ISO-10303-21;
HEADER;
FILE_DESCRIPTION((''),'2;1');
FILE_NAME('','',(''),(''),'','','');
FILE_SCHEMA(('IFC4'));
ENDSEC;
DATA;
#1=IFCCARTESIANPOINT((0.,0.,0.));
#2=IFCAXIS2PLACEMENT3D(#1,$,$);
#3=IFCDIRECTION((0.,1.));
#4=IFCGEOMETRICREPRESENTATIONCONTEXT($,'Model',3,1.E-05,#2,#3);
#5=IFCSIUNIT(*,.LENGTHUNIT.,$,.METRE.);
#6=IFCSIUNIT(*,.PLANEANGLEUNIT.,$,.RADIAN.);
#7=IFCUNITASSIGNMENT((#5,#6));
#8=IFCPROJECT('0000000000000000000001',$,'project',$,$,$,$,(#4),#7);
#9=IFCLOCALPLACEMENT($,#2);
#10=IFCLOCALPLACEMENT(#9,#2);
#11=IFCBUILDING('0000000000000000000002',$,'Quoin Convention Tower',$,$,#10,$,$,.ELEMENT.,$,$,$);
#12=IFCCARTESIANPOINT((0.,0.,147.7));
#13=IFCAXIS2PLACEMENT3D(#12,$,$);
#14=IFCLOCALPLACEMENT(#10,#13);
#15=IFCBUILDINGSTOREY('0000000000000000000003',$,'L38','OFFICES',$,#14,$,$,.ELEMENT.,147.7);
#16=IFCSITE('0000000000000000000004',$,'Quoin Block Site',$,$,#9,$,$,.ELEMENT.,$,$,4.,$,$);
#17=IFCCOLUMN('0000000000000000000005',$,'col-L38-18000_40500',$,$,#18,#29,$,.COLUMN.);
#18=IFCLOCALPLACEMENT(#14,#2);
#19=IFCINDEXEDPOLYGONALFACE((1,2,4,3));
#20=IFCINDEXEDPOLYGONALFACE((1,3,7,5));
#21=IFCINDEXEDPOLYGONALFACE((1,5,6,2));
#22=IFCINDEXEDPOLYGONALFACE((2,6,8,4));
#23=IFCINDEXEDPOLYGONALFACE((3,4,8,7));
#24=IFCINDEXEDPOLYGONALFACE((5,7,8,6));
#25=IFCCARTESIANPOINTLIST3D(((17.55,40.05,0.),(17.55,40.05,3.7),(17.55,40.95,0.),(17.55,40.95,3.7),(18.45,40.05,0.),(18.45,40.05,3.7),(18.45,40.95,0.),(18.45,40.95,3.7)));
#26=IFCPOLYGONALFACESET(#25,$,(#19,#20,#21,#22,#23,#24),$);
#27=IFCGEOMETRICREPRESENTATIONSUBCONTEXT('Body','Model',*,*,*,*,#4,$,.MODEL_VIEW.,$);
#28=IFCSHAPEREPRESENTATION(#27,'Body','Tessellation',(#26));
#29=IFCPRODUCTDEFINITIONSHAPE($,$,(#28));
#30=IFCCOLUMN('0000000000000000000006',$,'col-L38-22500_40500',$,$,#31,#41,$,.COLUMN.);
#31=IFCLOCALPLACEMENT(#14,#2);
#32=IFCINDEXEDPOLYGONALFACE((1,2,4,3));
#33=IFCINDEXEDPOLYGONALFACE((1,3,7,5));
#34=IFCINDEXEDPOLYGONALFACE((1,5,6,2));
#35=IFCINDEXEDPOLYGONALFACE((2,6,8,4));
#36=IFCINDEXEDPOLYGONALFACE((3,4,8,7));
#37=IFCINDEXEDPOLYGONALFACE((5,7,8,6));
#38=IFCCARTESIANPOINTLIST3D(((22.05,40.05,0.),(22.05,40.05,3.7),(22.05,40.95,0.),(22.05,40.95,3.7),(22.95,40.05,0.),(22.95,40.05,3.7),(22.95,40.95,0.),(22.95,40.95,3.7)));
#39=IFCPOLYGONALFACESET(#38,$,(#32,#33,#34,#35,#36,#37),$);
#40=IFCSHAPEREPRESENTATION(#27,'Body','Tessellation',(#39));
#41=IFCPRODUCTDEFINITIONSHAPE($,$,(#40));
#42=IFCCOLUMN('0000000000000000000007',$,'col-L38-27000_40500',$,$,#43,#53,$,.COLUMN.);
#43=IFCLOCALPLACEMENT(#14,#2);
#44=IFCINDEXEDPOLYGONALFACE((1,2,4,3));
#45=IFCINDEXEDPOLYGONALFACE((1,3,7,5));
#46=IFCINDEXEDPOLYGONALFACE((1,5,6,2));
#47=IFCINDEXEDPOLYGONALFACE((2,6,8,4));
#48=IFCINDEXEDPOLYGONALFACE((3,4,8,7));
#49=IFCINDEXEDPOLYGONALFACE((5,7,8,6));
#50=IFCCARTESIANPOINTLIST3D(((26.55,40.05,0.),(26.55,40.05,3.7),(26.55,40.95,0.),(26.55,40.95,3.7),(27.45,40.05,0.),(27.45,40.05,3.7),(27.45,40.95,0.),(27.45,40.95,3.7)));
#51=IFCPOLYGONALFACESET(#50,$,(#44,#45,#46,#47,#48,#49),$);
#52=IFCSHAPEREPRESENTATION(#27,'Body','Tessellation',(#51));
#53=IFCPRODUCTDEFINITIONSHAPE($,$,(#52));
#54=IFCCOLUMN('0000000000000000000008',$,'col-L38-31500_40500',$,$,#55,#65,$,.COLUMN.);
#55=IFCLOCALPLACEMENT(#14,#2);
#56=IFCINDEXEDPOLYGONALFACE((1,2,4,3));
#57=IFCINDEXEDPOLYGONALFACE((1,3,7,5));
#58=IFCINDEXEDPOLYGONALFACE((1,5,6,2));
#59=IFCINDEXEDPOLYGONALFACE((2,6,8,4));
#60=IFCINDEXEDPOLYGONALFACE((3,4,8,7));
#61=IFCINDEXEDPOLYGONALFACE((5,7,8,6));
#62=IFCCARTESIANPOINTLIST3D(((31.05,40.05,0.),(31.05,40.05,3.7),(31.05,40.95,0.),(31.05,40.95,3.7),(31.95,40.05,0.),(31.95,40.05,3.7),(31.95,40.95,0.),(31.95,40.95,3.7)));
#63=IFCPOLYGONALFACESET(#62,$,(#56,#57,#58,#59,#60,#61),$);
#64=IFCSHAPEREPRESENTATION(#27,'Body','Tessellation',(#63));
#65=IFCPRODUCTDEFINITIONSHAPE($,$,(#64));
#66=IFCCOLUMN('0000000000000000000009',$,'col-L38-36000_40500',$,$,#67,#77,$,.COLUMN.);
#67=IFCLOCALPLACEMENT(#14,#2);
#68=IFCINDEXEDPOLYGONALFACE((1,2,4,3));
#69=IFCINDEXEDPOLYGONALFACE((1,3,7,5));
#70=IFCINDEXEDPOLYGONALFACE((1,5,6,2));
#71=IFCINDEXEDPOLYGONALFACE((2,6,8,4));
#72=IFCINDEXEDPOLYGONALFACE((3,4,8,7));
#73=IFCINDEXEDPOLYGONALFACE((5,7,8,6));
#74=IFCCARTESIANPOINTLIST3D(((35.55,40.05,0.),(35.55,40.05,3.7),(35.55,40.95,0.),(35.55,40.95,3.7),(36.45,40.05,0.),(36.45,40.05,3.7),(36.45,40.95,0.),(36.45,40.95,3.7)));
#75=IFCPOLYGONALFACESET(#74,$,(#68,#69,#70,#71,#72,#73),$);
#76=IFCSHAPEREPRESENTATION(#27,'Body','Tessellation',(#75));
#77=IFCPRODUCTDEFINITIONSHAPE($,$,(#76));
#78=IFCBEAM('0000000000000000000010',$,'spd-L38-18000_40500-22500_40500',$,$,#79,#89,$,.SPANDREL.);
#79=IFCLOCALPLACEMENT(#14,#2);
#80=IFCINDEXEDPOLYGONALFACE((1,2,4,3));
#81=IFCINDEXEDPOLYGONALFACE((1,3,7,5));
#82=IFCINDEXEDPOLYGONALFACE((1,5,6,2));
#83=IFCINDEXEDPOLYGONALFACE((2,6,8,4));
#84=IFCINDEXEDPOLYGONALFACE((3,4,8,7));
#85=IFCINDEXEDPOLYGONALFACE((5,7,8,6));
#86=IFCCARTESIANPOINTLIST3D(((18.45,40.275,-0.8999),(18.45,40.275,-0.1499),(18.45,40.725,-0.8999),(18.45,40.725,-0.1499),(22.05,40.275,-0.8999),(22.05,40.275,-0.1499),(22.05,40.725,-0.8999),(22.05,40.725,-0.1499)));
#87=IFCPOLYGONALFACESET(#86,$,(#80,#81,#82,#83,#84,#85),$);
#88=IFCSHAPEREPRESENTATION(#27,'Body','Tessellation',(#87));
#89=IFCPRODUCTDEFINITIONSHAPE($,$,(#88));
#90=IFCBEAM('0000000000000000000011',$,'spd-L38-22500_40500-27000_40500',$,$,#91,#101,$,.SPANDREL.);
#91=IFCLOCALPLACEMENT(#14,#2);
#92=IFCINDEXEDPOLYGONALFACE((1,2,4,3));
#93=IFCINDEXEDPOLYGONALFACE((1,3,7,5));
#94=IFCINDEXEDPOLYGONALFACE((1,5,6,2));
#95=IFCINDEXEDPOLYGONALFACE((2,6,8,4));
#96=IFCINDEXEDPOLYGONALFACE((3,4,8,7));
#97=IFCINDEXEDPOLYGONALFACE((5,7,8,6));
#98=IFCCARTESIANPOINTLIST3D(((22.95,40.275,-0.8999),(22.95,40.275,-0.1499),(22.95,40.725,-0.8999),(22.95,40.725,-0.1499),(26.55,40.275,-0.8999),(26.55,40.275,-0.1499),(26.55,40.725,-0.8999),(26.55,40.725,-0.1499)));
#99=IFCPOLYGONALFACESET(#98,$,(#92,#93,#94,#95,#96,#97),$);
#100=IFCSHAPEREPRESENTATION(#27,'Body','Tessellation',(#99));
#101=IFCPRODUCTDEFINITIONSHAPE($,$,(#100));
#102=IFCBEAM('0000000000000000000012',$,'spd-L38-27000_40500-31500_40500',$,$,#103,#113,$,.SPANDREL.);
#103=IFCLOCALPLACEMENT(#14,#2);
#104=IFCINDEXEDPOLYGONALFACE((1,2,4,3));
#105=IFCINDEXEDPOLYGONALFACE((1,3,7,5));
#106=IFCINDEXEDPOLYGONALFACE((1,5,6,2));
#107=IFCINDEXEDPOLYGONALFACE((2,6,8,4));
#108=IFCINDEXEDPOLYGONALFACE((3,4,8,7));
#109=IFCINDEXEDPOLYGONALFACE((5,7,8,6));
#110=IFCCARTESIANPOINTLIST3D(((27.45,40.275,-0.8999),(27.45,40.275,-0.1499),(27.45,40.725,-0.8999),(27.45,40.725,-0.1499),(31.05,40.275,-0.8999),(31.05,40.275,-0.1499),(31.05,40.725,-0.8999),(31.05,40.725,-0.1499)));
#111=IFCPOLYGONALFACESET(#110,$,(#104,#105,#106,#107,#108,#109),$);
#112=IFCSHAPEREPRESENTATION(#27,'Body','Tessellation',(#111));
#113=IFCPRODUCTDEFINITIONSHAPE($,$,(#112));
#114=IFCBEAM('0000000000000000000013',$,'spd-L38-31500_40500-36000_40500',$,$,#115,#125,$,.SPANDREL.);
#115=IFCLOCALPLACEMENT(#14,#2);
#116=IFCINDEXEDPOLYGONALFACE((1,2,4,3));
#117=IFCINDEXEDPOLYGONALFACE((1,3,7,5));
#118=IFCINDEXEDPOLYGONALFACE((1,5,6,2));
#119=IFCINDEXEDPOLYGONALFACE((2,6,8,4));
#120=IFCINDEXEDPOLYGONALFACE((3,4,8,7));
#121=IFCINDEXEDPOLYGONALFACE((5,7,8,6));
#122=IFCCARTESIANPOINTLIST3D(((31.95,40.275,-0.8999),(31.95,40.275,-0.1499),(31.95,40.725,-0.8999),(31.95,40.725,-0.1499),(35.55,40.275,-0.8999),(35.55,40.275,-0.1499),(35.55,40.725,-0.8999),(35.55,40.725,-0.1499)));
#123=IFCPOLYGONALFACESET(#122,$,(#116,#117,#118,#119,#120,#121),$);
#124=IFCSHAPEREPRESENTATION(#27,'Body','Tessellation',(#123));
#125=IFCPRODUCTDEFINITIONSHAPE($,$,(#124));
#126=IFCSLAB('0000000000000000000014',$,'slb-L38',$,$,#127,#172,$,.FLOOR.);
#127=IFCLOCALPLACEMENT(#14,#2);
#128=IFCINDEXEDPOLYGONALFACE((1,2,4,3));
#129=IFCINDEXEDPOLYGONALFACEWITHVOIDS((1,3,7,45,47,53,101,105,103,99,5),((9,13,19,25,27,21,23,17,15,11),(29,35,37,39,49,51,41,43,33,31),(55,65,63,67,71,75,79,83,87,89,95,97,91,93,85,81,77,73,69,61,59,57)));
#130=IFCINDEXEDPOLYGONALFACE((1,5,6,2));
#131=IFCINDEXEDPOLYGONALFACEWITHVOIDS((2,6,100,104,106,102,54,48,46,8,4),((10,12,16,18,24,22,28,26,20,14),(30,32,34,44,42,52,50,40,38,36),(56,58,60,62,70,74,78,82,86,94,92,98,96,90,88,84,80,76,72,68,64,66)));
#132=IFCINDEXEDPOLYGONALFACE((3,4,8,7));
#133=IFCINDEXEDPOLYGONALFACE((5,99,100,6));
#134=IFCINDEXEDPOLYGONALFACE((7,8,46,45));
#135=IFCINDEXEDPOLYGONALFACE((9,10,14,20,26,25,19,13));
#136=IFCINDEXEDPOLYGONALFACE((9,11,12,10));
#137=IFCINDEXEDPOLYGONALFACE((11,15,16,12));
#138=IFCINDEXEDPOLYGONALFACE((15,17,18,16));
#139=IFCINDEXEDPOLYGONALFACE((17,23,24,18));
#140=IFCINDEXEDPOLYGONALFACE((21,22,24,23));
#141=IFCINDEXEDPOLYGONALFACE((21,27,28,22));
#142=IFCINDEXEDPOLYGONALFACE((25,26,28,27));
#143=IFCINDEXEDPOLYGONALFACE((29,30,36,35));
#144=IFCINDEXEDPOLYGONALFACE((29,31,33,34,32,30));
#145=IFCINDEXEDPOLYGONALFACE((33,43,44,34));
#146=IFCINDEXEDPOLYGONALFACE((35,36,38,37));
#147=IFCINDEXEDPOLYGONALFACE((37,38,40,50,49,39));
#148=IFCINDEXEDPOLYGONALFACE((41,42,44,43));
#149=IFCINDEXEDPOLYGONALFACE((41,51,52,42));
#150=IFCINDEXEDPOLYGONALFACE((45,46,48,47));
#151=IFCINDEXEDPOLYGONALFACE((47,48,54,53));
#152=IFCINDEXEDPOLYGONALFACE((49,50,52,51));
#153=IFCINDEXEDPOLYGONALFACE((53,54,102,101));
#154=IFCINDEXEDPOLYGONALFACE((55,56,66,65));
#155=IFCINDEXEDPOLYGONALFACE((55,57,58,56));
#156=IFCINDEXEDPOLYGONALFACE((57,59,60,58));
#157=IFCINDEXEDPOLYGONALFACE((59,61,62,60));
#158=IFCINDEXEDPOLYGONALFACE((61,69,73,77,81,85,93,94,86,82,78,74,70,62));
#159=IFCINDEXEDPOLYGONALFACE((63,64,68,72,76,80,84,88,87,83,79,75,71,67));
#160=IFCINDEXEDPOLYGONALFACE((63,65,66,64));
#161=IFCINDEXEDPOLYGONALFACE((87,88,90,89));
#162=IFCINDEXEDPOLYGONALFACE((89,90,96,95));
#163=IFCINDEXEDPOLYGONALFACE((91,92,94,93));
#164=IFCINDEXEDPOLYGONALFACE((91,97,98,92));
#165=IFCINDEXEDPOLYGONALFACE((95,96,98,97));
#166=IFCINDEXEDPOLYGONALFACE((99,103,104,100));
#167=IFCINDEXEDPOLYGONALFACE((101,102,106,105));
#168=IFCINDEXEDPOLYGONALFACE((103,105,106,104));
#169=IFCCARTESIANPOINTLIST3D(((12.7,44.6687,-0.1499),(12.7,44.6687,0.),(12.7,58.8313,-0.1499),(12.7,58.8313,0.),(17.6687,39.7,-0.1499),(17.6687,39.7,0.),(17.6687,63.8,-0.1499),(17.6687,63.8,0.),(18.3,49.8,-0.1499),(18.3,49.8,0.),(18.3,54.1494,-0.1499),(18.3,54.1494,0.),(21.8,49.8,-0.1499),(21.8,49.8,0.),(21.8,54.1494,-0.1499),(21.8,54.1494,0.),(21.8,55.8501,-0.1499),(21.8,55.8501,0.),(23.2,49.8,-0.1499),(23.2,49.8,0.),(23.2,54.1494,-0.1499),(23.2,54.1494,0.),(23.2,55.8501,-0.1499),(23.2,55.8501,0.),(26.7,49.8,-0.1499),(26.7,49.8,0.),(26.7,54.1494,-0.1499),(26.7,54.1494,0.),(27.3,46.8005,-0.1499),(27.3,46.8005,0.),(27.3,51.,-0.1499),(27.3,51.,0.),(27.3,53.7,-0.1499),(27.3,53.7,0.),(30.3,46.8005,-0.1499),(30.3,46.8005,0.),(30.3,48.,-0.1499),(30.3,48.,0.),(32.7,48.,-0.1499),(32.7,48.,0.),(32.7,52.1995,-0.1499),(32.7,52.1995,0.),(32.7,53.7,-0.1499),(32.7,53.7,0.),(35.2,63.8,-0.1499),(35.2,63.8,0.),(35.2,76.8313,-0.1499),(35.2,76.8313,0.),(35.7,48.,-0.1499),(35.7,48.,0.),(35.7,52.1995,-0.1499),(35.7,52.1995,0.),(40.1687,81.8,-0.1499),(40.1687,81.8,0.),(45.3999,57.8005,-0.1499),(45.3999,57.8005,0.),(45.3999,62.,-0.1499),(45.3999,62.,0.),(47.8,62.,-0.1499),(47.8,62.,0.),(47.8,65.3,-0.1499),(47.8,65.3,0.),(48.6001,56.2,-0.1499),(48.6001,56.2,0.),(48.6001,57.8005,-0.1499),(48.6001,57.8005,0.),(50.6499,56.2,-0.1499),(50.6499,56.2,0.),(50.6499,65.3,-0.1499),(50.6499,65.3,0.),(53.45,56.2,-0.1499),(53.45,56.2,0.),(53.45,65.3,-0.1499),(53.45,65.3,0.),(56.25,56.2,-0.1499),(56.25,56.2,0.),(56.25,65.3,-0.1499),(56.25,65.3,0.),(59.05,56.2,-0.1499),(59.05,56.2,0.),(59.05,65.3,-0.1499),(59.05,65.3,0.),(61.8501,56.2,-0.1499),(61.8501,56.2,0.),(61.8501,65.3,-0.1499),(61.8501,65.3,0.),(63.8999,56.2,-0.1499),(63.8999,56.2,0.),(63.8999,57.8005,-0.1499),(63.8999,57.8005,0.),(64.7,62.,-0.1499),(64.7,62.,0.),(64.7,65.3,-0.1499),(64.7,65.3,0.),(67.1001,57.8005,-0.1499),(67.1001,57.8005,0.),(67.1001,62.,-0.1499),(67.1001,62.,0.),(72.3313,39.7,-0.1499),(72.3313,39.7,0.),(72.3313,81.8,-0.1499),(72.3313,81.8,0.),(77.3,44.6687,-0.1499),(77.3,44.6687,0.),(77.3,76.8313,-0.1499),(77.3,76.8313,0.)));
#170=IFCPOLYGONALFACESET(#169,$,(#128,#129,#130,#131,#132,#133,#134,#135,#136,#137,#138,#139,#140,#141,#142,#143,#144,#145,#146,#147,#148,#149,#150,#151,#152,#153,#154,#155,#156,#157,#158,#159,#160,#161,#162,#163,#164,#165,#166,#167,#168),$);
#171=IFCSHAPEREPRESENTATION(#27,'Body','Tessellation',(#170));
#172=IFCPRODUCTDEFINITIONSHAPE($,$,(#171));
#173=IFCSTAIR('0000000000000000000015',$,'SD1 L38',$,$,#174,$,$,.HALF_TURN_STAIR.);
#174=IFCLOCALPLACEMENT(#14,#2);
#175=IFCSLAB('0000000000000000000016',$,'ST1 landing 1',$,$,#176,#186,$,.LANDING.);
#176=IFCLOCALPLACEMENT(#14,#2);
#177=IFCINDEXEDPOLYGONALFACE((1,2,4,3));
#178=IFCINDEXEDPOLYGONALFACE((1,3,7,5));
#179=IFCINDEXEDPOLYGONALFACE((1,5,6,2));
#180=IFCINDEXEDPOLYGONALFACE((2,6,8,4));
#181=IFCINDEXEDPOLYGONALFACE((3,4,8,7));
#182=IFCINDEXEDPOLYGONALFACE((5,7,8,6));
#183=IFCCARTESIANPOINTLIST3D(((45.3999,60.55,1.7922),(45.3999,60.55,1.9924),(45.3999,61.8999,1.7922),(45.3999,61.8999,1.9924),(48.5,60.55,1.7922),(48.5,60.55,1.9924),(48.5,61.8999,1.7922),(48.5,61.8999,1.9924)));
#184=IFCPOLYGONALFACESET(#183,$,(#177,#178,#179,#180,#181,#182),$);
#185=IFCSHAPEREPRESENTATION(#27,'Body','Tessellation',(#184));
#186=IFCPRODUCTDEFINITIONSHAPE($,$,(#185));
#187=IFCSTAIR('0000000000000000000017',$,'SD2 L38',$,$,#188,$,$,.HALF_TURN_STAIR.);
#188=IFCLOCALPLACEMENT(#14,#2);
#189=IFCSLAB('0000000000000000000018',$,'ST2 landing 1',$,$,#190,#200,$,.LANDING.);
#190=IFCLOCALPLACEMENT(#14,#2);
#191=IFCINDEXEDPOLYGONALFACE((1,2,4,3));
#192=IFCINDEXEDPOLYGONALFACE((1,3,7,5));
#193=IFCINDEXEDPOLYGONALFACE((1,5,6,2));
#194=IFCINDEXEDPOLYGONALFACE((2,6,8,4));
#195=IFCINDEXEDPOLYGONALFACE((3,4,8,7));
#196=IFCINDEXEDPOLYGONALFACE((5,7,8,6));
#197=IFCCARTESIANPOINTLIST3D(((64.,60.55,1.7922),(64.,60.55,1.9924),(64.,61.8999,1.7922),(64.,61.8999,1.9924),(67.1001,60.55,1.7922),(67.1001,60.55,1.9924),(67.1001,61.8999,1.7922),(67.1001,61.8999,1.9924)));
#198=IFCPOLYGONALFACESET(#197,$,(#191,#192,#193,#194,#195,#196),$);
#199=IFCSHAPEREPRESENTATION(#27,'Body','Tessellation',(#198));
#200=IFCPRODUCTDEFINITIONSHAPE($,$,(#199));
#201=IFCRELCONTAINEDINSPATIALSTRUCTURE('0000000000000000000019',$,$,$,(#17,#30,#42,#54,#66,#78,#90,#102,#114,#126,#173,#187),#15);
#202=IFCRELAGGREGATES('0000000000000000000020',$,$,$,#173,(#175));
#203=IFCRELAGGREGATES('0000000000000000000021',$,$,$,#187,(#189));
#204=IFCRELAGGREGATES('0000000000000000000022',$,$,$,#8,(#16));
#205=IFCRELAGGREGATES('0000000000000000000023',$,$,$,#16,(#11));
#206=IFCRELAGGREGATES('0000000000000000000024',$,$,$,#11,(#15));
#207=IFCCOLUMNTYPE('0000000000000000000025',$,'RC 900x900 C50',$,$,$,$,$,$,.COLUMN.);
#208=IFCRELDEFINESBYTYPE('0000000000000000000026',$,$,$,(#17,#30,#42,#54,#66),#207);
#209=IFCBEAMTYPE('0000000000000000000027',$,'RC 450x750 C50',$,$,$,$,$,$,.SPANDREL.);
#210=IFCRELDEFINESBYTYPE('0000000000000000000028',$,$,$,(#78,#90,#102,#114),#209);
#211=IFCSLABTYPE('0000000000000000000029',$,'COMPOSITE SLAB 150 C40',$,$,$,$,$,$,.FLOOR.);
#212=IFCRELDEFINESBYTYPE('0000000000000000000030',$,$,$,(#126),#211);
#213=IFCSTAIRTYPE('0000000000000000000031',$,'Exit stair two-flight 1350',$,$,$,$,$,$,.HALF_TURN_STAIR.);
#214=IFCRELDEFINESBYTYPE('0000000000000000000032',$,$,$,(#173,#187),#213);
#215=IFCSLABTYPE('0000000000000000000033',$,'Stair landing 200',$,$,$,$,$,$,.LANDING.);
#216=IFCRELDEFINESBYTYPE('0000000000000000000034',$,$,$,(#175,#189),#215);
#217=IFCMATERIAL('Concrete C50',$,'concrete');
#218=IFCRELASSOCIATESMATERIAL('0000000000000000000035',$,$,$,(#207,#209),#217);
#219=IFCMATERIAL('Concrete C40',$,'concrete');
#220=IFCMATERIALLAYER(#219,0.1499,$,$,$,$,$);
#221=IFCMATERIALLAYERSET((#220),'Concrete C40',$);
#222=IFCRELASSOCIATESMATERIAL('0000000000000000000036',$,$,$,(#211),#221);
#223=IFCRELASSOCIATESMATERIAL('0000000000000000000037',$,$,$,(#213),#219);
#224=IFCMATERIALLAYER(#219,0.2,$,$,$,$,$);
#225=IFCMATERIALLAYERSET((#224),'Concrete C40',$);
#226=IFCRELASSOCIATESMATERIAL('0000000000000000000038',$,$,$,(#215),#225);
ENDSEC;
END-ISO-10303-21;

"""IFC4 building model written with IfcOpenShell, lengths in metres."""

from ifc_helpers import new_model, si_unit, direction, frame, origin, origin_2d, place, context, subcontext, project, spatial, polyline, rectangle, outline, extrude, material, layer, layer_set, material_profile, profile_set, type_object, element, aggregate, save


model = new_model("IFC4")

# Units and contexts
model_context = context("Model", 3, precision=1e-05, world=origin(), true_north=direction((0.0, 1.0)))
body_context = subcontext(model_context, "Body", "Model", "MODEL_VIEW")
ifc_project = project(units=[si_unit("LENGTHUNIT", "METRE"), si_unit("PLANEANGLEUNIT", "RADIAN")], contexts=[model_context])

# Site, building, storey
site_placement = place(None, origin())
site = spatial("IfcSite", under=ifc_project, at=site_placement, Name="Quoin Block Site", CompositionType="ELEMENT", RefElevation=4.0)
building_placement = place(site_placement, origin())
building = spatial("IfcBuilding", under=site, at=building_placement, Name="Quoin Convention Tower", CompositionType="ELEMENT")
storey_placement = place(building_placement, frame((0.0, 0.0, 147.7)))
storey = spatial("IfcBuildingStorey", under=building, at=storey_placement, Name="L38", Description="OFFICES", CompositionType="ELEMENT", Elevation=147.7)

# Columns
ifc_material_1 = material(Name="Concrete C50", Category="concrete")
ifc_material_profile_1 = material_profile(ifc_material_1, rectangle(XDim=0.8999, YDim=0.8999, at=origin_2d()), Name="RC 900x900")
ifc_profile_set_1 = profile_set([ifc_material_profile_1], Name="Concrete C50")
column_type = type_object("IfcColumnType", Name="RC 900x900 C50", PredefinedType="COLUMN", material=ifc_profile_set_1)
for number, where, z_axis, x_axis, name in (
    (1, (18.0, 40.5, 0.0), (0.0, 0.0, 1.0), (1.0, 0.0, 0.0), "col-L38-18000_40500"),
    (2, (22.5, 40.5, 0.0), (0.0, 0.0, 1.0), (1.0, 0.0, 0.0), "col-L38-22500_40500"),
    (3, (27.0, 40.5, 0.0), (0.0, 0.0, 1.0), (1.0, 0.0, 0.0), "col-L38-27000_40500"),
    (4, (31.5, 40.5, 0.0), (0.0, 0.0, 1.0), (1.0, 0.0, 0.0), "col-L38-31500_40500"),
    (5, (36.0, 40.5, 0.0), (0.0, 0.0, 1.0), (1.0, 0.0, 0.0), "col-L38-36000_40500"),
):
    element("IfcColumn", number, at=place(storey_placement, frame(where, z_axis=z_axis, x_axis=x_axis)), inside=storey, type_object=column_type, Name=name, PredefinedType="COLUMN", context=body_context, shape_type="SweptSolid", body=[
        extrude(rectangle(XDim=0.8999, YDim=0.8999, at=origin_2d()), origin(), (0.0, 0.0, 1.0), 3.7),
    ])

# Beams
ifc_material_profile_2 = material_profile(ifc_material_1, rectangle(XDim=0.45, YDim=0.75, at=origin_2d()), Name="RC 450x750")
ifc_profile_set_2 = profile_set([ifc_material_profile_2], Name="Concrete C50")
beam_type = type_object("IfcBeamType", Name="RC 450x750 C50", PredefinedType="SPANDREL", material=ifc_profile_set_2)
for number, where, z_axis, x_axis, name in (
    (6, (18.45, 40.5, -0.5249), (1.0, 0.0, 0.0), (0.0, 1.0, 0.0), "spd-L38-18000_40500-22500_40500"),
    (7, (22.95, 40.5, -0.5249), (1.0, 0.0, 0.0), (0.0, 1.0, 0.0), "spd-L38-22500_40500-27000_40500"),
    (8, (27.45, 40.5, -0.5249), (1.0, 0.0, 0.0), (0.0, 1.0, 0.0), "spd-L38-27000_40500-31500_40500"),
    (9, (31.95, 40.5, -0.5249), (1.0, 0.0, 0.0), (0.0, 1.0, 0.0), "spd-L38-31500_40500-36000_40500"),
):
    element("IfcBeam", number, at=place(storey_placement, frame(where, z_axis=z_axis, x_axis=x_axis)), inside=storey, type_object=beam_type, Name=name, PredefinedType="SPANDREL", context=body_context, shape_type="SweptSolid", body=[
        extrude(rectangle(XDim=0.45, YDim=0.75, at=origin_2d()), origin(), (0.0, 0.0, 1.0), 3.6001),
    ])

# Slab
ifc_material_2 = material(Name="Concrete C40", Category="concrete")
ifc_layer_1 = layer(ifc_material_2, 0.1499)
ifc_layer_set_1 = layer_set([ifc_layer_1], Name="Concrete C40")
slab_type_1 = type_object("IfcSlabType", Name="COMPOSITE SLAB 150 C40", PredefinedType="FLOOR", material=ifc_layer_set_1)
slab_1_placement = place(storey_placement, frame((0.0, 0.0, -0.1499)))
element("IfcSlab", 10, at=slab_1_placement, inside=storey, type_object=slab_type_1, Name="slb-L38", PredefinedType="FLOOR", context=body_context, shape_type="SweptSolid", body=[
    extrude(outline(polyline([(17.6687, 39.7), (12.7, 44.6687), (12.7, 58.8313), (17.6687, 63.8), (35.2, 63.8), (35.2, 76.8313), (40.1687, 81.8), (72.3313, 81.8), (77.3, 76.8313), (77.3, 44.6687), (72.3313, 39.7), (17.6687, 39.7)]), holes=[polyline([(27.3, 51.0), (27.3, 46.8005), (30.3, 46.8005), (30.3, 48.0), (32.7, 48.0), (35.7, 48.0), (35.7, 52.1995), (32.7, 52.1995), (32.7, 53.7), (27.3, 53.7), (27.3, 51.0)]), polyline([(18.3, 49.8), (21.8, 49.8), (23.2, 49.8), (26.7, 49.8), (26.7, 54.1494), (23.2, 54.1494), (23.2, 55.8501), (21.8, 55.8501), (21.8, 54.1494), (18.3, 54.1494), (18.3, 49.8)]), polyline([(48.6001, 56.2), (50.6499, 56.2), (53.45, 56.2), (56.25, 56.2), (59.05, 56.2), (61.8501, 56.2), (63.8999, 56.2), (63.8999, 57.8005), (67.1001, 57.8005), (67.1001, 62.0), (64.7, 62.0), (64.7, 65.3), (61.8501, 65.3), (59.05, 65.3), (56.25, 65.3), (53.45, 65.3), (50.6499, 65.3), (47.8, 65.3), (47.8, 62.0), (45.3999, 62.0), (45.3999, 57.8005), (48.6001, 57.8005), (48.6001, 56.2)])]), origin(), (0.0, 0.0, 1.0), 0.1499),
])

# Stairs, slabs
stair_type_1 = type_object("IfcStairType", Name="Exit stair two-flight 1350", PredefinedType="HALF_TURN_STAIR", material=ifc_material_2)
stair_1_placement = place(storey_placement, origin())
stair_1 = element("IfcStair", 11, at=stair_1_placement, inside=storey, type_object=stair_type_1, Name="SD1 L38", PredefinedType="HALF_TURN_STAIR")
ifc_layer_2 = layer(ifc_material_2, 0.2)
ifc_layer_set_2 = layer_set([ifc_layer_2], Name="Concrete C40")
slab_type_2 = type_object("IfcSlabType", Name="Stair landing 200", PredefinedType="LANDING", material=ifc_layer_set_2)
slab_2_placement = place(storey_placement, frame((0.0, 0.0, 1.7922)))
slab_2 = element("IfcSlab", 12, at=slab_2_placement, type_object=slab_type_2, Name="ST1 landing 1", PredefinedType="LANDING", context=body_context, shape_type="SweptSolid", body=[
    extrude(outline(polyline([(45.3999, 60.55), (48.5, 60.55), (48.5, 61.8999), (45.3999, 61.8999), (45.3999, 60.55)])), origin(), (0.0, 0.0, 1.0), 0.2002),
])
aggregate(stair_1, [slab_2])
stair_2_placement = place(storey_placement, origin())
stair_2 = element("IfcStair", 13, at=stair_2_placement, inside=storey, type_object=stair_type_1, Name="SD2 L38", PredefinedType="HALF_TURN_STAIR")
slab_3_placement = place(storey_placement, frame((0.0, 0.0, 1.7922)))
slab_3 = element("IfcSlab", 14, at=slab_3_placement, type_object=slab_type_2, Name="ST2 landing 1", PredefinedType="LANDING", context=body_context, shape_type="SweptSolid", body=[
    extrude(outline(polyline([(64.0, 60.55), (67.1001, 60.55), (67.1001, 61.8999), (64.0, 61.8999), (64.0, 60.55)])), origin(), (0.0, 0.0, 1.0), 0.2002),
])
aggregate(stair_2, [slab_3])

save(model, "model.ifc")
